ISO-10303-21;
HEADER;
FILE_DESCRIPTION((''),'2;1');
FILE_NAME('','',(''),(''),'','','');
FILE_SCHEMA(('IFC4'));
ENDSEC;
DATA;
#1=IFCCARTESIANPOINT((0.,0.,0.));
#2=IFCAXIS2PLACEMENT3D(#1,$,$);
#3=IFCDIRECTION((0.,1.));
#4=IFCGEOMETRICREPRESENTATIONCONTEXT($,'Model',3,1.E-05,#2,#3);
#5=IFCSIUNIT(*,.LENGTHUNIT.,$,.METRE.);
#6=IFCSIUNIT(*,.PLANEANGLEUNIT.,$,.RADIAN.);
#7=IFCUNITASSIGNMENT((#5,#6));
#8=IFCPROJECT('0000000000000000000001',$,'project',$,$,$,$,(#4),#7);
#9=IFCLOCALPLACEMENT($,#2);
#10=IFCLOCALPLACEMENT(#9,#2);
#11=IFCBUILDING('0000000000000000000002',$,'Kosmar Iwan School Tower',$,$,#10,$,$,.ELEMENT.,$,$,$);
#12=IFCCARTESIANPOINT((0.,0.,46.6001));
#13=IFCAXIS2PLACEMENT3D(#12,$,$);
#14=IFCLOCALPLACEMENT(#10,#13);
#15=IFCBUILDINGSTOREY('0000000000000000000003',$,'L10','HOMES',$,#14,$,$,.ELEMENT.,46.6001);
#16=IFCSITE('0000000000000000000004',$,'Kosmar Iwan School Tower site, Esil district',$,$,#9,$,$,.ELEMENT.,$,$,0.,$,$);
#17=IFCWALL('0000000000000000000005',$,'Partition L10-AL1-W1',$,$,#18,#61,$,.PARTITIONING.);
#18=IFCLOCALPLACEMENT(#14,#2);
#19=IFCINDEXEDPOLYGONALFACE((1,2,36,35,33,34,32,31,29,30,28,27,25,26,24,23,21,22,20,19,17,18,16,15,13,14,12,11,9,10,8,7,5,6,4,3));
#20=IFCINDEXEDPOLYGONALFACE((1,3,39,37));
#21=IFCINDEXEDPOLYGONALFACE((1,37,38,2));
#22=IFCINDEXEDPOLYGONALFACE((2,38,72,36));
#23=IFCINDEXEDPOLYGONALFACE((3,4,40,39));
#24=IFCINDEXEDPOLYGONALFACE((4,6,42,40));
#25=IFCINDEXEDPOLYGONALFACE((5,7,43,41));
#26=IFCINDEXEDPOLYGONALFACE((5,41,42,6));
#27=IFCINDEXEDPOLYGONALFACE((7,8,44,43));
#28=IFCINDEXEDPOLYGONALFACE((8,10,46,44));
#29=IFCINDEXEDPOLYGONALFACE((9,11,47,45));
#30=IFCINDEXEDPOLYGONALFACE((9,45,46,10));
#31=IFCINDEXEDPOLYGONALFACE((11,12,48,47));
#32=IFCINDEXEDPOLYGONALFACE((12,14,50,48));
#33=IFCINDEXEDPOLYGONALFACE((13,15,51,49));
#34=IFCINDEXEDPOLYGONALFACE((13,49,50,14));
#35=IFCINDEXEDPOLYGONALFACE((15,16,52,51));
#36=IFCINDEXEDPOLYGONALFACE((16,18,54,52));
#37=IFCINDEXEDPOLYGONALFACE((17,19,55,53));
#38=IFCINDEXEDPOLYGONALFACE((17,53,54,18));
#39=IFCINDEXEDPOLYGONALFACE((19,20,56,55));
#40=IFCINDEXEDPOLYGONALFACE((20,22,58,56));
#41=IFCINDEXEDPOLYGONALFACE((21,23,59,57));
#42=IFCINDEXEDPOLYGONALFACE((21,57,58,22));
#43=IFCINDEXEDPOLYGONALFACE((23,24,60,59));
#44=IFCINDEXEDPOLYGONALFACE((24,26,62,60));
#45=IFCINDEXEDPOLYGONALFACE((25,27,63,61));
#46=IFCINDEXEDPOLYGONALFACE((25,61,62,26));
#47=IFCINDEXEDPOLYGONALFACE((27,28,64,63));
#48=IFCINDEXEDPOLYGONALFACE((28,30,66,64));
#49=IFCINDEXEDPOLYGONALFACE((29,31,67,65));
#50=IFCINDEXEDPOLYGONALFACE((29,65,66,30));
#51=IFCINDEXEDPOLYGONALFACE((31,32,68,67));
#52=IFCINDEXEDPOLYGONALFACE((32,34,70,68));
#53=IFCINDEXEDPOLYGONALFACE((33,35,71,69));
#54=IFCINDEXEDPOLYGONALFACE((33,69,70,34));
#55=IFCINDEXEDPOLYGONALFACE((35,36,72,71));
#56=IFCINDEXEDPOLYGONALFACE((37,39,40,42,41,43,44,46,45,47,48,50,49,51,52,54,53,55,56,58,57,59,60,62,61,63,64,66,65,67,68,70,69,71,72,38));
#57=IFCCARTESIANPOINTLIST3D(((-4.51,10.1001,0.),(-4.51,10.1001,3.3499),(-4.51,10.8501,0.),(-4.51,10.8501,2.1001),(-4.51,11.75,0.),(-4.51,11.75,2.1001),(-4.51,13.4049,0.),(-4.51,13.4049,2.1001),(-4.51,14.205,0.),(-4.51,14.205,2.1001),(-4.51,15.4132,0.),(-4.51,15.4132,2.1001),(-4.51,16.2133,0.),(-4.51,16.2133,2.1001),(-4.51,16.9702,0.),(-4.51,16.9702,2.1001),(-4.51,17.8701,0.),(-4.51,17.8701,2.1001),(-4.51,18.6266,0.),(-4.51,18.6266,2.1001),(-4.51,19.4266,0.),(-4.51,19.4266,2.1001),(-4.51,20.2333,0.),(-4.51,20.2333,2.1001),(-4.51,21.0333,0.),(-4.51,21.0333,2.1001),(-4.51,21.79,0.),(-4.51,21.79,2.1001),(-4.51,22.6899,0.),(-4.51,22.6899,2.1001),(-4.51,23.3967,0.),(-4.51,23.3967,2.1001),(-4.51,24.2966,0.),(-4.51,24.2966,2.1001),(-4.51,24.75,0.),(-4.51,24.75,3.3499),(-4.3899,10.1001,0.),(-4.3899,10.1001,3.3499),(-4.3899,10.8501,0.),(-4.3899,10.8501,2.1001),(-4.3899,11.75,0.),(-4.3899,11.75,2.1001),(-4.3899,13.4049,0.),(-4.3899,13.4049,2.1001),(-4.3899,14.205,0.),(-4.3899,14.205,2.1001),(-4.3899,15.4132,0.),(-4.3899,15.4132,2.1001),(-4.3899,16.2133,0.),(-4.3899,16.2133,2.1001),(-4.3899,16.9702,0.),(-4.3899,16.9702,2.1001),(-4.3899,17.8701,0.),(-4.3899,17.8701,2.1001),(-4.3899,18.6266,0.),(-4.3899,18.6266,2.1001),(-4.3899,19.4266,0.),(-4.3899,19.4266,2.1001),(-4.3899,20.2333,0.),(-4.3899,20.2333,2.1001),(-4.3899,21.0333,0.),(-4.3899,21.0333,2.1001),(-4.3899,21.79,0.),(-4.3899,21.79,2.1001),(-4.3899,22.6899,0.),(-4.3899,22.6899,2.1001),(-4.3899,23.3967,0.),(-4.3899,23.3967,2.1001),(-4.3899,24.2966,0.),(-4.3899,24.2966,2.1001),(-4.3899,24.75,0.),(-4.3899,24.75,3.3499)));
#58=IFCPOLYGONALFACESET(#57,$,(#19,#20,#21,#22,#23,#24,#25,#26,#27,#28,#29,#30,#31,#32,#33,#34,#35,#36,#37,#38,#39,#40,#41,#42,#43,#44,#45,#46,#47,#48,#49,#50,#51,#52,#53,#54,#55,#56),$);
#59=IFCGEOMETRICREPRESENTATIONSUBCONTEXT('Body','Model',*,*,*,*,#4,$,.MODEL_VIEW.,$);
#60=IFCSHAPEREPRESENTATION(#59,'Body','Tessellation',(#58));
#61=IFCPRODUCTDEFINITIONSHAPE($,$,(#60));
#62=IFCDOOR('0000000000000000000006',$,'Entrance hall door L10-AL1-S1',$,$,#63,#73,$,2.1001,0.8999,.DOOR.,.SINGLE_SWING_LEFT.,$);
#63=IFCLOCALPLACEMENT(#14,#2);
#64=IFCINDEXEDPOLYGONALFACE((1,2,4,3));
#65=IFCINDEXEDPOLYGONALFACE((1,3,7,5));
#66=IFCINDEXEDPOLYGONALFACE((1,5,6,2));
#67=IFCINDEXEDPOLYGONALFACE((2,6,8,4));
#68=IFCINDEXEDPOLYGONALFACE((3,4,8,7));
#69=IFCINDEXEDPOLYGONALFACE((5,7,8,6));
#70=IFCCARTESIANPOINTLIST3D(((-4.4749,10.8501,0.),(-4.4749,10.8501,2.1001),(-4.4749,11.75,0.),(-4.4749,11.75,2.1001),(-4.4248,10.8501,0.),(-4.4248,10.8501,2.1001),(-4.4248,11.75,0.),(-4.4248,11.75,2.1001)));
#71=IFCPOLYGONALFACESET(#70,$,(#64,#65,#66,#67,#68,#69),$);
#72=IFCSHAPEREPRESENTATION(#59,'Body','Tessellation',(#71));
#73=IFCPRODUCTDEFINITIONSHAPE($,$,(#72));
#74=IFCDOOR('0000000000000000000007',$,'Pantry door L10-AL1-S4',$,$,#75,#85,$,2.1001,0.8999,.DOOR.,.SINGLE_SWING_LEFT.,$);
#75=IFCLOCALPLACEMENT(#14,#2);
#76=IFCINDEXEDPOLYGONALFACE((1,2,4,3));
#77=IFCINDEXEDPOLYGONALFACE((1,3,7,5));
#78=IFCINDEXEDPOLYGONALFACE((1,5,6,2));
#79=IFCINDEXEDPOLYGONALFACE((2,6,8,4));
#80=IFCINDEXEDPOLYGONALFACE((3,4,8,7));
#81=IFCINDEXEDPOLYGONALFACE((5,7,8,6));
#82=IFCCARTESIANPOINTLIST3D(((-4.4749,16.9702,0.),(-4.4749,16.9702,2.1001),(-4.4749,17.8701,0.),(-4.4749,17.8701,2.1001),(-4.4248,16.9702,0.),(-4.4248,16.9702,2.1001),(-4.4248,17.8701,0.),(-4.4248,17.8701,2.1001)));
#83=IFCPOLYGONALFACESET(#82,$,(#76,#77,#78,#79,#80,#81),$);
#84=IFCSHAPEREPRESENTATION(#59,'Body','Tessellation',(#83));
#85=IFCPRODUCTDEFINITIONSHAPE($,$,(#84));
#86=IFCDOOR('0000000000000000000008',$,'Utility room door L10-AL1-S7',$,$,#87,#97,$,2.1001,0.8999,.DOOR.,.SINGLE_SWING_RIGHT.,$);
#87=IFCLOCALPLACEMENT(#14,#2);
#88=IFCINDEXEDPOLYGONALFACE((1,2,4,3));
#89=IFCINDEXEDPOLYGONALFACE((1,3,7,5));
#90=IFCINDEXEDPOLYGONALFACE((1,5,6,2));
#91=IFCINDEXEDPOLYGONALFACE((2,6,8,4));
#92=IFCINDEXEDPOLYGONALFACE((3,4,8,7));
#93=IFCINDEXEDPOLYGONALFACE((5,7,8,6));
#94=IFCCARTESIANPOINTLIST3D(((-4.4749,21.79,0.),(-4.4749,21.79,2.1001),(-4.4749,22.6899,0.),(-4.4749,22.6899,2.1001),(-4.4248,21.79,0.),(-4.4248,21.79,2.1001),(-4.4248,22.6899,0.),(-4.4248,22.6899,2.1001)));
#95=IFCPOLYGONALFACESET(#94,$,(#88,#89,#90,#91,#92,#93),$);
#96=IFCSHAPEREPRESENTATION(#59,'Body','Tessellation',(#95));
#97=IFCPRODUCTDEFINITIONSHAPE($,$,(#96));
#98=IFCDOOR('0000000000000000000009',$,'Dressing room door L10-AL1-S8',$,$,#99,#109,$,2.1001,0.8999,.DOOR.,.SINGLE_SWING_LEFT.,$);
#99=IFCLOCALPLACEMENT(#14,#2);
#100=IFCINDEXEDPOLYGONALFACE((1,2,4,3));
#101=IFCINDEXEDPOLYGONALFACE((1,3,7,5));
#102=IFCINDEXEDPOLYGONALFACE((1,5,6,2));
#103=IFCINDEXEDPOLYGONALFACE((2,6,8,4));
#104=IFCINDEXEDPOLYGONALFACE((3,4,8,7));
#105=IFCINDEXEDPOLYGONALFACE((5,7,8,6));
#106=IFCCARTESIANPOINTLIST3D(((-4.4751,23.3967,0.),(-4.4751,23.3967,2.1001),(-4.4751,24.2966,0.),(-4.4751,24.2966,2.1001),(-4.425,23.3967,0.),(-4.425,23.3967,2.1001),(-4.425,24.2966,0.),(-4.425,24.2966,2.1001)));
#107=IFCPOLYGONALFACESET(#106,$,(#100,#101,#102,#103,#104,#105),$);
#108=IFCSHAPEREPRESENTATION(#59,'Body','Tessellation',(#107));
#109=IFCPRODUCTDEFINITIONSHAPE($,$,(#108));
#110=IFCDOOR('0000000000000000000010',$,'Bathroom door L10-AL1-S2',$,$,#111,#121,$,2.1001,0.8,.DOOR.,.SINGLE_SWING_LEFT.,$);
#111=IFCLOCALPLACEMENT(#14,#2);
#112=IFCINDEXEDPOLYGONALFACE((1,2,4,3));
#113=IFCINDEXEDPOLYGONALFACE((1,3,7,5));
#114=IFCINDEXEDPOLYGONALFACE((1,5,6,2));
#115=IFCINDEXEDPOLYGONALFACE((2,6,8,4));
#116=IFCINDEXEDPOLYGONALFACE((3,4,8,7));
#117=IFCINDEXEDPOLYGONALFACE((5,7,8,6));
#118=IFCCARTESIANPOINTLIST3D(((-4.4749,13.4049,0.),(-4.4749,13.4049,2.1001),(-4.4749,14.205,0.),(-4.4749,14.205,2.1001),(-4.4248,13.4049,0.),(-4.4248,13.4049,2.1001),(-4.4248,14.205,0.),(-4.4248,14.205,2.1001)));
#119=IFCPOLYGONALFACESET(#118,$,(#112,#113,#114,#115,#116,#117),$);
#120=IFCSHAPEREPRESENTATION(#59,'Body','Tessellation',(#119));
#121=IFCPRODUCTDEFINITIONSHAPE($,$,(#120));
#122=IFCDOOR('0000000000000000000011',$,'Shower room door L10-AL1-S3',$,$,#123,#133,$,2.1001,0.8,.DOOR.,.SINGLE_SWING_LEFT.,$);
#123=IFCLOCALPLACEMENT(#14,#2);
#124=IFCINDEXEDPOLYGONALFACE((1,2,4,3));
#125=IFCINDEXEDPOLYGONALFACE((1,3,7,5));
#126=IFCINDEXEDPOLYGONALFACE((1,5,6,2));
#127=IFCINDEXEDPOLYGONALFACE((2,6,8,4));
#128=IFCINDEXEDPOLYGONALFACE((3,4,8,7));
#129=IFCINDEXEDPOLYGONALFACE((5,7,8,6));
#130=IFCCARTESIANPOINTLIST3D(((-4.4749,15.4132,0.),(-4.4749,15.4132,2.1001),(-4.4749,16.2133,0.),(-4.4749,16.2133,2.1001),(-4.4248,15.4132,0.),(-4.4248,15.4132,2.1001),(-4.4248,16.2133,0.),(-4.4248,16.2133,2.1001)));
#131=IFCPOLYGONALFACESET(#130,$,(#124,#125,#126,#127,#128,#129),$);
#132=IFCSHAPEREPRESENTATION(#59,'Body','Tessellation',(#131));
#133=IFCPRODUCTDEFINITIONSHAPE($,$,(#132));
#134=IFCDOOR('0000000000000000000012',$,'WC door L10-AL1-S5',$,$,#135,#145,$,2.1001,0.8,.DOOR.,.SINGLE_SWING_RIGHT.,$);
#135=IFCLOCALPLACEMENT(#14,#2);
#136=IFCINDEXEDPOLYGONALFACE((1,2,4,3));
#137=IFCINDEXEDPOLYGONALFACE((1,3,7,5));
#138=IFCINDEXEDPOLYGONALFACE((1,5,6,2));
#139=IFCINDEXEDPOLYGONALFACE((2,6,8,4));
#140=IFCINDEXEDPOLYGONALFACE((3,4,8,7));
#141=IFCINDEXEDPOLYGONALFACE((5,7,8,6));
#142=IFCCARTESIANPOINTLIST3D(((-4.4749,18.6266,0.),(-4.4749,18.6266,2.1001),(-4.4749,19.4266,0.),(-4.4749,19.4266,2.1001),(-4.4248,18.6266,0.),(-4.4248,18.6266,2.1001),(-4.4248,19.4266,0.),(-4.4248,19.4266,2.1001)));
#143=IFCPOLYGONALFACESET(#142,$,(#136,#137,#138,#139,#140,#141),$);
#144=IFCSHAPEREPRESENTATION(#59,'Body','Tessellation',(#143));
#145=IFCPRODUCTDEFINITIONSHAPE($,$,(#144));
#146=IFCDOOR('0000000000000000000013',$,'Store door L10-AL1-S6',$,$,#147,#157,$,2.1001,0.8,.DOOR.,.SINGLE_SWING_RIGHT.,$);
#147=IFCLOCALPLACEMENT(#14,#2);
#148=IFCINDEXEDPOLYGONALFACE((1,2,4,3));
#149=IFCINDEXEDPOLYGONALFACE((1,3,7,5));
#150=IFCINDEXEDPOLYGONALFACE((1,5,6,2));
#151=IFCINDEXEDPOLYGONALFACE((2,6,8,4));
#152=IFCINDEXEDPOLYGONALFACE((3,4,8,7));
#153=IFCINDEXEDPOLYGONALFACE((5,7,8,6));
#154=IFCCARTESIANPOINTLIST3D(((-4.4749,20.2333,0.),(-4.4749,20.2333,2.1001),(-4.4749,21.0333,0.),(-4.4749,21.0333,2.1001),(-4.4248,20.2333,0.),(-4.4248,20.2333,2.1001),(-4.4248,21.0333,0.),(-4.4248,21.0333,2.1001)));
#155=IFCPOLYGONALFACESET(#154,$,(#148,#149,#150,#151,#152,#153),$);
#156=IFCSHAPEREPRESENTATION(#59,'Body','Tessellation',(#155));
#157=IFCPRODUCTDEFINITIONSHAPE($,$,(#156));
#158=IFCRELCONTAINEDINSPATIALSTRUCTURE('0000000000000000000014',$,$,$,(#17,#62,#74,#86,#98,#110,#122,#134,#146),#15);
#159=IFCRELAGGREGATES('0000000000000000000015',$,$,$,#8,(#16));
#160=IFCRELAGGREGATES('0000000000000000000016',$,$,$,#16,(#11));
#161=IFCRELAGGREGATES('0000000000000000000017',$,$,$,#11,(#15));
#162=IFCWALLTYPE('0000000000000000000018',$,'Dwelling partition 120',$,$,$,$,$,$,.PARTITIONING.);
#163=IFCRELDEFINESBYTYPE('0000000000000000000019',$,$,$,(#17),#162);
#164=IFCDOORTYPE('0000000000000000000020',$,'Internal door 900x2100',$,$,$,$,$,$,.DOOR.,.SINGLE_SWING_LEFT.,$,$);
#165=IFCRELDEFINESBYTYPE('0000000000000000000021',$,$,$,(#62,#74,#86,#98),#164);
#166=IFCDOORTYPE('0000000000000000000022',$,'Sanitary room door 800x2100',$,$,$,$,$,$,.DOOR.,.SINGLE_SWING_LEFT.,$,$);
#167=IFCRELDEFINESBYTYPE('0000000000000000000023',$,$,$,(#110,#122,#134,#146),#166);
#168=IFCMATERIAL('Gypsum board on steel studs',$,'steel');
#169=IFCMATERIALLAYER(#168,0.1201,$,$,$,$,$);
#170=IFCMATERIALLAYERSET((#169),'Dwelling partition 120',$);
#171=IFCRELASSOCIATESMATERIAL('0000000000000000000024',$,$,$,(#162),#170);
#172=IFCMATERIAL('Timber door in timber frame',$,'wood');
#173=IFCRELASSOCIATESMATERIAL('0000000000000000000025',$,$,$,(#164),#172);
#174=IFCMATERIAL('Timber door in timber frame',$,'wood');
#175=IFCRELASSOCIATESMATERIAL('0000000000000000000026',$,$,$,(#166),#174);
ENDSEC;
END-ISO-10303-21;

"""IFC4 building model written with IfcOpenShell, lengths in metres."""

from ifc_helpers import new_model, si_unit, direction, frame, frame_2d, origin, place, context, subcontext, project, spatial, rectangle, extrude, material, layer, layer_set, type_object, element, fill, save


model = new_model("IFC4")

# Units and contexts
model_context = context("Model", 3, precision=1e-05, world=origin(), true_north=direction((0.0, 1.0)))
body_context = subcontext(model_context, "Body", "Model", "MODEL_VIEW")
ifc_project = project(units=[si_unit("LENGTHUNIT", "METRE"), si_unit("PLANEANGLEUNIT", "RADIAN")], contexts=[model_context])

# Site, building, storey
site_placement = place(None, origin())
site = spatial("IfcSite", under=ifc_project, at=site_placement, Name="Kosmar Iwan School Tower site, Esil district", CompositionType="ELEMENT", RefElevation=0.0)
building_placement = place(site_placement, origin())
building = spatial("IfcBuilding", under=site, at=building_placement, Name="Kosmar Iwan School Tower", CompositionType="ELEMENT")
storey_placement = place(building_placement, frame((0.0, 0.0, 46.6001)))
storey = spatial("IfcBuildingStorey", under=building, at=storey_placement, Name="L10", Description="HOMES", CompositionType="ELEMENT", Elevation=46.6001)

# Wall, openings, doors
ifc_material_1 = material(Name="Gypsum board on steel studs", Category="steel")
ifc_layer_1 = layer(ifc_material_1, 0.1201)
ifc_layer_set_1 = layer_set([ifc_layer_1], Name="Dwelling partition 120")
wall_type_1 = type_object("IfcWallType", Name="Dwelling partition 120", PredefinedType="PARTITIONING", material=ifc_layer_set_1)
wall_1_placement = place(storey_placement, frame((-4.45, 10.1001, 0.0), z_axis=(0.0, 0.0, 1.0), x_axis=(0.0, 1.0, 0.0)))
wall_1 = element("IfcWall", 1, at=wall_1_placement, inside=storey, type_object=wall_type_1, Name="Partition L10-AL1-W1", PredefinedType="PARTITIONING", context=body_context, shape_type="SweptSolid", body=[
    extrude(rectangle(XDim=14.6499, YDim=0.1201, at=frame_2d((7.325, 0.0))), origin(), (0.0, 0.0, 1.0), 3.3499),
])
opening_1_placement = place(wall_1_placement, frame((0.75, 0.0, 0.0)))
opening_1 = element("IfcOpeningElement", 2, at=opening_1_placement, cuts=wall_1, PredefinedType="OPENING", context=body_context, shape_type="SweptSolid", body=[
    extrude(rectangle(XDim=0.8999, YDim=2.1001, at=frame_2d((0.45, 1.05))), frame((0.0, 0.072, 0.0), z_axis=(0.0, -1.0, 0.0), x_axis=(1.0, 0.0, 0.0)), (0.0, 0.0, 1.0), 0.144),
])
opening_2_placement = place(wall_1_placement, frame((3.3049, 0.0, 0.0)))
opening_2 = element("IfcOpeningElement", 3, at=opening_2_placement, cuts=wall_1, PredefinedType="OPENING", context=body_context, shape_type="SweptSolid", body=[
    extrude(rectangle(XDim=0.8, YDim=2.1001, at=frame_2d((0.3999, 1.05))), frame((0.0, 0.072, 0.0), z_axis=(0.0, -1.0, 0.0), x_axis=(1.0, 0.0, 0.0)), (0.0, 0.0, 1.0), 0.144),
])
opening_3_placement = place(wall_1_placement, frame((5.3132, 0.0, 0.0)))
opening_3 = element("IfcOpeningElement", 4, at=opening_3_placement, cuts=wall_1, PredefinedType="OPENING", context=body_context, shape_type="SweptSolid", body=[
    extrude(rectangle(XDim=0.8, YDim=2.1001, at=frame_2d((0.3999, 1.05))), frame((0.0, 0.072, 0.0), z_axis=(0.0, -1.0, 0.0), x_axis=(1.0, 0.0, 0.0)), (0.0, 0.0, 1.0), 0.144),
])
opening_4_placement = place(wall_1_placement, frame((6.8701, 0.0, 0.0)))
opening_4 = element("IfcOpeningElement", 5, at=opening_4_placement, cuts=wall_1, PredefinedType="OPENING", context=body_context, shape_type="SweptSolid", body=[
    extrude(rectangle(XDim=0.8999, YDim=2.1001, at=frame_2d((0.45, 1.05))), frame((0.0, 0.072, 0.0), z_axis=(0.0, -1.0, 0.0), x_axis=(1.0, 0.0, 0.0)), (0.0, 0.0, 1.0), 0.144),
])
opening_5_placement = place(wall_1_placement, frame((8.5266, 0.0, 0.0)))
opening_5 = element("IfcOpeningElement", 6, at=opening_5_placement, cuts=wall_1, PredefinedType="OPENING", context=body_context, shape_type="SweptSolid", body=[
    extrude(rectangle(XDim=0.8, YDim=2.1001, at=frame_2d((0.3999, 1.05))), frame((0.0, 0.072, 0.0), z_axis=(0.0, -1.0, 0.0), x_axis=(1.0, 0.0, 0.0)), (0.0, 0.0, 1.0), 0.144),
])
opening_6_placement = place(wall_1_placement, frame((10.1333, 0.0, 0.0)))
opening_6 = element("IfcOpeningElement", 7, at=opening_6_placement, cuts=wall_1, PredefinedType="OPENING", context=body_context, shape_type="SweptSolid", body=[
    extrude(rectangle(XDim=0.8, YDim=2.1001, at=frame_2d((0.3999, 1.05))), frame((0.0, 0.072, 0.0), z_axis=(0.0, -1.0, 0.0), x_axis=(1.0, 0.0, 0.0)), (0.0, 0.0, 1.0), 0.144),
])
opening_7_placement = place(wall_1_placement, frame((11.6899, 0.0, 0.0)))
opening_7 = element("IfcOpeningElement", 8, at=opening_7_placement, cuts=wall_1, PredefinedType="OPENING", context=body_context, shape_type="SweptSolid", body=[
    extrude(rectangle(XDim=0.8999, YDim=2.1001, at=frame_2d((0.45, 1.05))), frame((0.0, 0.072, 0.0), z_axis=(0.0, -1.0, 0.0), x_axis=(1.0, 0.0, 0.0)), (0.0, 0.0, 1.0), 0.144),
])
opening_8_placement = place(wall_1_placement, frame((13.2966, 0.0, 0.0)))
opening_8 = element("IfcOpeningElement", 9, at=opening_8_placement, cuts=wall_1, PredefinedType="OPENING", context=body_context, shape_type="SweptSolid", body=[
    extrude(rectangle(XDim=0.8999, YDim=2.1001, at=frame_2d((0.45, 1.05))), frame((0.0, 0.072, 0.0), z_axis=(0.0, -1.0, 0.0), x_axis=(1.0, 0.0, 0.0)), (0.0, 0.0, 1.0), 0.144),
])
ifc_material_2 = material(Name="Timber door in timber frame", Category="wood")
door_type_1 = type_object("IfcDoorType", Name="Internal door 900x2100", OperationType="SINGLE_SWING_LEFT", PredefinedType="DOOR", material=ifc_material_2)
door_1_placement = place(opening_1_placement, origin())
door_1 = element("IfcDoor", 10, at=door_1_placement, inside=storey, type_object=door_type_1, Name="Entrance hall door L10-AL1-S1", OperationType="SINGLE_SWING_LEFT", OverallHeight=2.1001, OverallWidth=0.8999, PredefinedType="DOOR", context=body_context, shape_type="SweptSolid", body=[
    extrude(rectangle(XDim=0.8999, YDim=2.1001, at=frame_2d((0.45, 1.05))), frame((0.0, 0.0249, 0.0), z_axis=(0.0, -1.0, 0.0), x_axis=(1.0, 0.0, 0.0)), (0.0, 0.0, 1.0), 0.05),
])
fill(opening_1, door_1)
door_2_placement = place(opening_4_placement, origin())
door_2 = element("IfcDoor", 11, at=door_2_placement, inside=storey, type_object=door_type_1, Name="Pantry door L10-AL1-S4", OperationType="SINGLE_SWING_LEFT", OverallHeight=2.1001, OverallWidth=0.8999, PredefinedType="DOOR", context=body_context, shape_type="SweptSolid", body=[
    extrude(rectangle(XDim=0.8999, YDim=2.1001, at=frame_2d((0.45, 1.05))), frame((0.0, 0.0249, 0.0), z_axis=(0.0, -1.0, 0.0), x_axis=(1.0, 0.0, 0.0)), (0.0, 0.0, 1.0), 0.05),
])
fill(opening_4, door_2)
door_3_placement = place(opening_7_placement, origin())
door_3 = element("IfcDoor", 12, at=door_3_placement, inside=storey, type_object=door_type_1, Name="Utility room door L10-AL1-S7", OperationType="SINGLE_SWING_RIGHT", OverallHeight=2.1001, OverallWidth=0.8999, PredefinedType="DOOR", context=body_context, shape_type="SweptSolid", body=[
    extrude(rectangle(XDim=0.8999, YDim=2.1001, at=frame_2d((0.45, 1.05))), frame((0.0, 0.0249, 0.0), z_axis=(0.0, -1.0, 0.0), x_axis=(1.0, 0.0, 0.0)), (0.0, 0.0, 1.0), 0.05),
])
fill(opening_7, door_3)
door_4_placement = place(opening_8_placement, frame((0.8999, 0.0, 0.0), z_axis=(0.0, 0.0, 1.0), x_axis=(-1.0, 0.0, 0.0)))
door_4 = element("IfcDoor", 13, at=door_4_placement, inside=storey, type_object=door_type_1, Name="Dressing room door L10-AL1-S8", OperationType="SINGLE_SWING_LEFT", OverallHeight=2.1001, OverallWidth=0.8999, PredefinedType="DOOR", context=body_context, shape_type="SweptSolid", body=[
    extrude(rectangle(XDim=0.8999, YDim=2.1001, at=frame_2d((0.45, 1.05))), frame((0.0, 0.0249, 0.0), z_axis=(0.0, -1.0, 0.0), x_axis=(1.0, 0.0, 0.0)), (0.0, 0.0, 1.0), 0.05),
])
fill(opening_8, door_4)
ifc_material_3 = material(Name="Timber door in timber frame", Category="wood")
door_type_2 = type_object("IfcDoorType", Name="Sanitary room door 800x2100", OperationType="SINGLE_SWING_LEFT", PredefinedType="DOOR", material=ifc_material_3)
door_5_placement = place(opening_2_placement, origin())
door_5 = element("IfcDoor", 14, at=door_5_placement, inside=storey, type_object=door_type_2, Name="Bathroom door L10-AL1-S2", OperationType="SINGLE_SWING_LEFT", OverallHeight=2.1001, OverallWidth=0.8, PredefinedType="DOOR", context=body_context, shape_type="SweptSolid", body=[
    extrude(rectangle(XDim=0.8, YDim=2.1001, at=frame_2d((0.3999, 1.05))), frame((0.0, 0.0249, 0.0), z_axis=(0.0, -1.0, 0.0), x_axis=(1.0, 0.0, 0.0)), (0.0, 0.0, 1.0), 0.05),
])
fill(opening_2, door_5)
door_6_placement = place(opening_3_placement, origin())
door_6 = element("IfcDoor", 15, at=door_6_placement, inside=storey, type_object=door_type_2, Name="Shower room door L10-AL1-S3", OperationType="SINGLE_SWING_LEFT", OverallHeight=2.1001, OverallWidth=0.8, PredefinedType="DOOR", context=body_context, shape_type="SweptSolid", body=[
    extrude(rectangle(XDim=0.8, YDim=2.1001, at=frame_2d((0.3999, 1.05))), frame((0.0, 0.0249, 0.0), z_axis=(0.0, -1.0, 0.0), x_axis=(1.0, 0.0, 0.0)), (0.0, 0.0, 1.0), 0.05),
])
fill(opening_3, door_6)
door_7_placement = place(opening_5_placement, origin())
door_7 = element("IfcDoor", 16, at=door_7_placement, inside=storey, type_object=door_type_2, Name="WC door L10-AL1-S5", OperationType="SINGLE_SWING_RIGHT", OverallHeight=2.1001, OverallWidth=0.8, PredefinedType="DOOR", context=body_context, shape_type="SweptSolid", body=[
    extrude(rectangle(XDim=0.8, YDim=2.1001, at=frame_2d((0.3999, 1.05))), frame((0.0, 0.0249, 0.0), z_axis=(0.0, -1.0, 0.0), x_axis=(1.0, 0.0, 0.0)), (0.0, 0.0, 1.0), 0.05),
])
fill(opening_5, door_7)
door_8_placement = place(opening_6_placement, origin())
door_8 = element("IfcDoor", 17, at=door_8_placement, inside=storey, type_object=door_type_2, Name="Store door L10-AL1-S6", OperationType="SINGLE_SWING_RIGHT", OverallHeight=2.1001, OverallWidth=0.8, PredefinedType="DOOR", context=body_context, shape_type="SweptSolid", body=[
    extrude(rectangle(XDim=0.8, YDim=2.1001, at=frame_2d((0.3999, 1.05))), frame((0.0, 0.0249, 0.0), z_axis=(0.0, -1.0, 0.0), x_axis=(1.0, 0.0, 0.0)), (0.0, 0.0, 1.0), 0.05),
])
fill(opening_6, door_8)

save(model, "model.ifc")
